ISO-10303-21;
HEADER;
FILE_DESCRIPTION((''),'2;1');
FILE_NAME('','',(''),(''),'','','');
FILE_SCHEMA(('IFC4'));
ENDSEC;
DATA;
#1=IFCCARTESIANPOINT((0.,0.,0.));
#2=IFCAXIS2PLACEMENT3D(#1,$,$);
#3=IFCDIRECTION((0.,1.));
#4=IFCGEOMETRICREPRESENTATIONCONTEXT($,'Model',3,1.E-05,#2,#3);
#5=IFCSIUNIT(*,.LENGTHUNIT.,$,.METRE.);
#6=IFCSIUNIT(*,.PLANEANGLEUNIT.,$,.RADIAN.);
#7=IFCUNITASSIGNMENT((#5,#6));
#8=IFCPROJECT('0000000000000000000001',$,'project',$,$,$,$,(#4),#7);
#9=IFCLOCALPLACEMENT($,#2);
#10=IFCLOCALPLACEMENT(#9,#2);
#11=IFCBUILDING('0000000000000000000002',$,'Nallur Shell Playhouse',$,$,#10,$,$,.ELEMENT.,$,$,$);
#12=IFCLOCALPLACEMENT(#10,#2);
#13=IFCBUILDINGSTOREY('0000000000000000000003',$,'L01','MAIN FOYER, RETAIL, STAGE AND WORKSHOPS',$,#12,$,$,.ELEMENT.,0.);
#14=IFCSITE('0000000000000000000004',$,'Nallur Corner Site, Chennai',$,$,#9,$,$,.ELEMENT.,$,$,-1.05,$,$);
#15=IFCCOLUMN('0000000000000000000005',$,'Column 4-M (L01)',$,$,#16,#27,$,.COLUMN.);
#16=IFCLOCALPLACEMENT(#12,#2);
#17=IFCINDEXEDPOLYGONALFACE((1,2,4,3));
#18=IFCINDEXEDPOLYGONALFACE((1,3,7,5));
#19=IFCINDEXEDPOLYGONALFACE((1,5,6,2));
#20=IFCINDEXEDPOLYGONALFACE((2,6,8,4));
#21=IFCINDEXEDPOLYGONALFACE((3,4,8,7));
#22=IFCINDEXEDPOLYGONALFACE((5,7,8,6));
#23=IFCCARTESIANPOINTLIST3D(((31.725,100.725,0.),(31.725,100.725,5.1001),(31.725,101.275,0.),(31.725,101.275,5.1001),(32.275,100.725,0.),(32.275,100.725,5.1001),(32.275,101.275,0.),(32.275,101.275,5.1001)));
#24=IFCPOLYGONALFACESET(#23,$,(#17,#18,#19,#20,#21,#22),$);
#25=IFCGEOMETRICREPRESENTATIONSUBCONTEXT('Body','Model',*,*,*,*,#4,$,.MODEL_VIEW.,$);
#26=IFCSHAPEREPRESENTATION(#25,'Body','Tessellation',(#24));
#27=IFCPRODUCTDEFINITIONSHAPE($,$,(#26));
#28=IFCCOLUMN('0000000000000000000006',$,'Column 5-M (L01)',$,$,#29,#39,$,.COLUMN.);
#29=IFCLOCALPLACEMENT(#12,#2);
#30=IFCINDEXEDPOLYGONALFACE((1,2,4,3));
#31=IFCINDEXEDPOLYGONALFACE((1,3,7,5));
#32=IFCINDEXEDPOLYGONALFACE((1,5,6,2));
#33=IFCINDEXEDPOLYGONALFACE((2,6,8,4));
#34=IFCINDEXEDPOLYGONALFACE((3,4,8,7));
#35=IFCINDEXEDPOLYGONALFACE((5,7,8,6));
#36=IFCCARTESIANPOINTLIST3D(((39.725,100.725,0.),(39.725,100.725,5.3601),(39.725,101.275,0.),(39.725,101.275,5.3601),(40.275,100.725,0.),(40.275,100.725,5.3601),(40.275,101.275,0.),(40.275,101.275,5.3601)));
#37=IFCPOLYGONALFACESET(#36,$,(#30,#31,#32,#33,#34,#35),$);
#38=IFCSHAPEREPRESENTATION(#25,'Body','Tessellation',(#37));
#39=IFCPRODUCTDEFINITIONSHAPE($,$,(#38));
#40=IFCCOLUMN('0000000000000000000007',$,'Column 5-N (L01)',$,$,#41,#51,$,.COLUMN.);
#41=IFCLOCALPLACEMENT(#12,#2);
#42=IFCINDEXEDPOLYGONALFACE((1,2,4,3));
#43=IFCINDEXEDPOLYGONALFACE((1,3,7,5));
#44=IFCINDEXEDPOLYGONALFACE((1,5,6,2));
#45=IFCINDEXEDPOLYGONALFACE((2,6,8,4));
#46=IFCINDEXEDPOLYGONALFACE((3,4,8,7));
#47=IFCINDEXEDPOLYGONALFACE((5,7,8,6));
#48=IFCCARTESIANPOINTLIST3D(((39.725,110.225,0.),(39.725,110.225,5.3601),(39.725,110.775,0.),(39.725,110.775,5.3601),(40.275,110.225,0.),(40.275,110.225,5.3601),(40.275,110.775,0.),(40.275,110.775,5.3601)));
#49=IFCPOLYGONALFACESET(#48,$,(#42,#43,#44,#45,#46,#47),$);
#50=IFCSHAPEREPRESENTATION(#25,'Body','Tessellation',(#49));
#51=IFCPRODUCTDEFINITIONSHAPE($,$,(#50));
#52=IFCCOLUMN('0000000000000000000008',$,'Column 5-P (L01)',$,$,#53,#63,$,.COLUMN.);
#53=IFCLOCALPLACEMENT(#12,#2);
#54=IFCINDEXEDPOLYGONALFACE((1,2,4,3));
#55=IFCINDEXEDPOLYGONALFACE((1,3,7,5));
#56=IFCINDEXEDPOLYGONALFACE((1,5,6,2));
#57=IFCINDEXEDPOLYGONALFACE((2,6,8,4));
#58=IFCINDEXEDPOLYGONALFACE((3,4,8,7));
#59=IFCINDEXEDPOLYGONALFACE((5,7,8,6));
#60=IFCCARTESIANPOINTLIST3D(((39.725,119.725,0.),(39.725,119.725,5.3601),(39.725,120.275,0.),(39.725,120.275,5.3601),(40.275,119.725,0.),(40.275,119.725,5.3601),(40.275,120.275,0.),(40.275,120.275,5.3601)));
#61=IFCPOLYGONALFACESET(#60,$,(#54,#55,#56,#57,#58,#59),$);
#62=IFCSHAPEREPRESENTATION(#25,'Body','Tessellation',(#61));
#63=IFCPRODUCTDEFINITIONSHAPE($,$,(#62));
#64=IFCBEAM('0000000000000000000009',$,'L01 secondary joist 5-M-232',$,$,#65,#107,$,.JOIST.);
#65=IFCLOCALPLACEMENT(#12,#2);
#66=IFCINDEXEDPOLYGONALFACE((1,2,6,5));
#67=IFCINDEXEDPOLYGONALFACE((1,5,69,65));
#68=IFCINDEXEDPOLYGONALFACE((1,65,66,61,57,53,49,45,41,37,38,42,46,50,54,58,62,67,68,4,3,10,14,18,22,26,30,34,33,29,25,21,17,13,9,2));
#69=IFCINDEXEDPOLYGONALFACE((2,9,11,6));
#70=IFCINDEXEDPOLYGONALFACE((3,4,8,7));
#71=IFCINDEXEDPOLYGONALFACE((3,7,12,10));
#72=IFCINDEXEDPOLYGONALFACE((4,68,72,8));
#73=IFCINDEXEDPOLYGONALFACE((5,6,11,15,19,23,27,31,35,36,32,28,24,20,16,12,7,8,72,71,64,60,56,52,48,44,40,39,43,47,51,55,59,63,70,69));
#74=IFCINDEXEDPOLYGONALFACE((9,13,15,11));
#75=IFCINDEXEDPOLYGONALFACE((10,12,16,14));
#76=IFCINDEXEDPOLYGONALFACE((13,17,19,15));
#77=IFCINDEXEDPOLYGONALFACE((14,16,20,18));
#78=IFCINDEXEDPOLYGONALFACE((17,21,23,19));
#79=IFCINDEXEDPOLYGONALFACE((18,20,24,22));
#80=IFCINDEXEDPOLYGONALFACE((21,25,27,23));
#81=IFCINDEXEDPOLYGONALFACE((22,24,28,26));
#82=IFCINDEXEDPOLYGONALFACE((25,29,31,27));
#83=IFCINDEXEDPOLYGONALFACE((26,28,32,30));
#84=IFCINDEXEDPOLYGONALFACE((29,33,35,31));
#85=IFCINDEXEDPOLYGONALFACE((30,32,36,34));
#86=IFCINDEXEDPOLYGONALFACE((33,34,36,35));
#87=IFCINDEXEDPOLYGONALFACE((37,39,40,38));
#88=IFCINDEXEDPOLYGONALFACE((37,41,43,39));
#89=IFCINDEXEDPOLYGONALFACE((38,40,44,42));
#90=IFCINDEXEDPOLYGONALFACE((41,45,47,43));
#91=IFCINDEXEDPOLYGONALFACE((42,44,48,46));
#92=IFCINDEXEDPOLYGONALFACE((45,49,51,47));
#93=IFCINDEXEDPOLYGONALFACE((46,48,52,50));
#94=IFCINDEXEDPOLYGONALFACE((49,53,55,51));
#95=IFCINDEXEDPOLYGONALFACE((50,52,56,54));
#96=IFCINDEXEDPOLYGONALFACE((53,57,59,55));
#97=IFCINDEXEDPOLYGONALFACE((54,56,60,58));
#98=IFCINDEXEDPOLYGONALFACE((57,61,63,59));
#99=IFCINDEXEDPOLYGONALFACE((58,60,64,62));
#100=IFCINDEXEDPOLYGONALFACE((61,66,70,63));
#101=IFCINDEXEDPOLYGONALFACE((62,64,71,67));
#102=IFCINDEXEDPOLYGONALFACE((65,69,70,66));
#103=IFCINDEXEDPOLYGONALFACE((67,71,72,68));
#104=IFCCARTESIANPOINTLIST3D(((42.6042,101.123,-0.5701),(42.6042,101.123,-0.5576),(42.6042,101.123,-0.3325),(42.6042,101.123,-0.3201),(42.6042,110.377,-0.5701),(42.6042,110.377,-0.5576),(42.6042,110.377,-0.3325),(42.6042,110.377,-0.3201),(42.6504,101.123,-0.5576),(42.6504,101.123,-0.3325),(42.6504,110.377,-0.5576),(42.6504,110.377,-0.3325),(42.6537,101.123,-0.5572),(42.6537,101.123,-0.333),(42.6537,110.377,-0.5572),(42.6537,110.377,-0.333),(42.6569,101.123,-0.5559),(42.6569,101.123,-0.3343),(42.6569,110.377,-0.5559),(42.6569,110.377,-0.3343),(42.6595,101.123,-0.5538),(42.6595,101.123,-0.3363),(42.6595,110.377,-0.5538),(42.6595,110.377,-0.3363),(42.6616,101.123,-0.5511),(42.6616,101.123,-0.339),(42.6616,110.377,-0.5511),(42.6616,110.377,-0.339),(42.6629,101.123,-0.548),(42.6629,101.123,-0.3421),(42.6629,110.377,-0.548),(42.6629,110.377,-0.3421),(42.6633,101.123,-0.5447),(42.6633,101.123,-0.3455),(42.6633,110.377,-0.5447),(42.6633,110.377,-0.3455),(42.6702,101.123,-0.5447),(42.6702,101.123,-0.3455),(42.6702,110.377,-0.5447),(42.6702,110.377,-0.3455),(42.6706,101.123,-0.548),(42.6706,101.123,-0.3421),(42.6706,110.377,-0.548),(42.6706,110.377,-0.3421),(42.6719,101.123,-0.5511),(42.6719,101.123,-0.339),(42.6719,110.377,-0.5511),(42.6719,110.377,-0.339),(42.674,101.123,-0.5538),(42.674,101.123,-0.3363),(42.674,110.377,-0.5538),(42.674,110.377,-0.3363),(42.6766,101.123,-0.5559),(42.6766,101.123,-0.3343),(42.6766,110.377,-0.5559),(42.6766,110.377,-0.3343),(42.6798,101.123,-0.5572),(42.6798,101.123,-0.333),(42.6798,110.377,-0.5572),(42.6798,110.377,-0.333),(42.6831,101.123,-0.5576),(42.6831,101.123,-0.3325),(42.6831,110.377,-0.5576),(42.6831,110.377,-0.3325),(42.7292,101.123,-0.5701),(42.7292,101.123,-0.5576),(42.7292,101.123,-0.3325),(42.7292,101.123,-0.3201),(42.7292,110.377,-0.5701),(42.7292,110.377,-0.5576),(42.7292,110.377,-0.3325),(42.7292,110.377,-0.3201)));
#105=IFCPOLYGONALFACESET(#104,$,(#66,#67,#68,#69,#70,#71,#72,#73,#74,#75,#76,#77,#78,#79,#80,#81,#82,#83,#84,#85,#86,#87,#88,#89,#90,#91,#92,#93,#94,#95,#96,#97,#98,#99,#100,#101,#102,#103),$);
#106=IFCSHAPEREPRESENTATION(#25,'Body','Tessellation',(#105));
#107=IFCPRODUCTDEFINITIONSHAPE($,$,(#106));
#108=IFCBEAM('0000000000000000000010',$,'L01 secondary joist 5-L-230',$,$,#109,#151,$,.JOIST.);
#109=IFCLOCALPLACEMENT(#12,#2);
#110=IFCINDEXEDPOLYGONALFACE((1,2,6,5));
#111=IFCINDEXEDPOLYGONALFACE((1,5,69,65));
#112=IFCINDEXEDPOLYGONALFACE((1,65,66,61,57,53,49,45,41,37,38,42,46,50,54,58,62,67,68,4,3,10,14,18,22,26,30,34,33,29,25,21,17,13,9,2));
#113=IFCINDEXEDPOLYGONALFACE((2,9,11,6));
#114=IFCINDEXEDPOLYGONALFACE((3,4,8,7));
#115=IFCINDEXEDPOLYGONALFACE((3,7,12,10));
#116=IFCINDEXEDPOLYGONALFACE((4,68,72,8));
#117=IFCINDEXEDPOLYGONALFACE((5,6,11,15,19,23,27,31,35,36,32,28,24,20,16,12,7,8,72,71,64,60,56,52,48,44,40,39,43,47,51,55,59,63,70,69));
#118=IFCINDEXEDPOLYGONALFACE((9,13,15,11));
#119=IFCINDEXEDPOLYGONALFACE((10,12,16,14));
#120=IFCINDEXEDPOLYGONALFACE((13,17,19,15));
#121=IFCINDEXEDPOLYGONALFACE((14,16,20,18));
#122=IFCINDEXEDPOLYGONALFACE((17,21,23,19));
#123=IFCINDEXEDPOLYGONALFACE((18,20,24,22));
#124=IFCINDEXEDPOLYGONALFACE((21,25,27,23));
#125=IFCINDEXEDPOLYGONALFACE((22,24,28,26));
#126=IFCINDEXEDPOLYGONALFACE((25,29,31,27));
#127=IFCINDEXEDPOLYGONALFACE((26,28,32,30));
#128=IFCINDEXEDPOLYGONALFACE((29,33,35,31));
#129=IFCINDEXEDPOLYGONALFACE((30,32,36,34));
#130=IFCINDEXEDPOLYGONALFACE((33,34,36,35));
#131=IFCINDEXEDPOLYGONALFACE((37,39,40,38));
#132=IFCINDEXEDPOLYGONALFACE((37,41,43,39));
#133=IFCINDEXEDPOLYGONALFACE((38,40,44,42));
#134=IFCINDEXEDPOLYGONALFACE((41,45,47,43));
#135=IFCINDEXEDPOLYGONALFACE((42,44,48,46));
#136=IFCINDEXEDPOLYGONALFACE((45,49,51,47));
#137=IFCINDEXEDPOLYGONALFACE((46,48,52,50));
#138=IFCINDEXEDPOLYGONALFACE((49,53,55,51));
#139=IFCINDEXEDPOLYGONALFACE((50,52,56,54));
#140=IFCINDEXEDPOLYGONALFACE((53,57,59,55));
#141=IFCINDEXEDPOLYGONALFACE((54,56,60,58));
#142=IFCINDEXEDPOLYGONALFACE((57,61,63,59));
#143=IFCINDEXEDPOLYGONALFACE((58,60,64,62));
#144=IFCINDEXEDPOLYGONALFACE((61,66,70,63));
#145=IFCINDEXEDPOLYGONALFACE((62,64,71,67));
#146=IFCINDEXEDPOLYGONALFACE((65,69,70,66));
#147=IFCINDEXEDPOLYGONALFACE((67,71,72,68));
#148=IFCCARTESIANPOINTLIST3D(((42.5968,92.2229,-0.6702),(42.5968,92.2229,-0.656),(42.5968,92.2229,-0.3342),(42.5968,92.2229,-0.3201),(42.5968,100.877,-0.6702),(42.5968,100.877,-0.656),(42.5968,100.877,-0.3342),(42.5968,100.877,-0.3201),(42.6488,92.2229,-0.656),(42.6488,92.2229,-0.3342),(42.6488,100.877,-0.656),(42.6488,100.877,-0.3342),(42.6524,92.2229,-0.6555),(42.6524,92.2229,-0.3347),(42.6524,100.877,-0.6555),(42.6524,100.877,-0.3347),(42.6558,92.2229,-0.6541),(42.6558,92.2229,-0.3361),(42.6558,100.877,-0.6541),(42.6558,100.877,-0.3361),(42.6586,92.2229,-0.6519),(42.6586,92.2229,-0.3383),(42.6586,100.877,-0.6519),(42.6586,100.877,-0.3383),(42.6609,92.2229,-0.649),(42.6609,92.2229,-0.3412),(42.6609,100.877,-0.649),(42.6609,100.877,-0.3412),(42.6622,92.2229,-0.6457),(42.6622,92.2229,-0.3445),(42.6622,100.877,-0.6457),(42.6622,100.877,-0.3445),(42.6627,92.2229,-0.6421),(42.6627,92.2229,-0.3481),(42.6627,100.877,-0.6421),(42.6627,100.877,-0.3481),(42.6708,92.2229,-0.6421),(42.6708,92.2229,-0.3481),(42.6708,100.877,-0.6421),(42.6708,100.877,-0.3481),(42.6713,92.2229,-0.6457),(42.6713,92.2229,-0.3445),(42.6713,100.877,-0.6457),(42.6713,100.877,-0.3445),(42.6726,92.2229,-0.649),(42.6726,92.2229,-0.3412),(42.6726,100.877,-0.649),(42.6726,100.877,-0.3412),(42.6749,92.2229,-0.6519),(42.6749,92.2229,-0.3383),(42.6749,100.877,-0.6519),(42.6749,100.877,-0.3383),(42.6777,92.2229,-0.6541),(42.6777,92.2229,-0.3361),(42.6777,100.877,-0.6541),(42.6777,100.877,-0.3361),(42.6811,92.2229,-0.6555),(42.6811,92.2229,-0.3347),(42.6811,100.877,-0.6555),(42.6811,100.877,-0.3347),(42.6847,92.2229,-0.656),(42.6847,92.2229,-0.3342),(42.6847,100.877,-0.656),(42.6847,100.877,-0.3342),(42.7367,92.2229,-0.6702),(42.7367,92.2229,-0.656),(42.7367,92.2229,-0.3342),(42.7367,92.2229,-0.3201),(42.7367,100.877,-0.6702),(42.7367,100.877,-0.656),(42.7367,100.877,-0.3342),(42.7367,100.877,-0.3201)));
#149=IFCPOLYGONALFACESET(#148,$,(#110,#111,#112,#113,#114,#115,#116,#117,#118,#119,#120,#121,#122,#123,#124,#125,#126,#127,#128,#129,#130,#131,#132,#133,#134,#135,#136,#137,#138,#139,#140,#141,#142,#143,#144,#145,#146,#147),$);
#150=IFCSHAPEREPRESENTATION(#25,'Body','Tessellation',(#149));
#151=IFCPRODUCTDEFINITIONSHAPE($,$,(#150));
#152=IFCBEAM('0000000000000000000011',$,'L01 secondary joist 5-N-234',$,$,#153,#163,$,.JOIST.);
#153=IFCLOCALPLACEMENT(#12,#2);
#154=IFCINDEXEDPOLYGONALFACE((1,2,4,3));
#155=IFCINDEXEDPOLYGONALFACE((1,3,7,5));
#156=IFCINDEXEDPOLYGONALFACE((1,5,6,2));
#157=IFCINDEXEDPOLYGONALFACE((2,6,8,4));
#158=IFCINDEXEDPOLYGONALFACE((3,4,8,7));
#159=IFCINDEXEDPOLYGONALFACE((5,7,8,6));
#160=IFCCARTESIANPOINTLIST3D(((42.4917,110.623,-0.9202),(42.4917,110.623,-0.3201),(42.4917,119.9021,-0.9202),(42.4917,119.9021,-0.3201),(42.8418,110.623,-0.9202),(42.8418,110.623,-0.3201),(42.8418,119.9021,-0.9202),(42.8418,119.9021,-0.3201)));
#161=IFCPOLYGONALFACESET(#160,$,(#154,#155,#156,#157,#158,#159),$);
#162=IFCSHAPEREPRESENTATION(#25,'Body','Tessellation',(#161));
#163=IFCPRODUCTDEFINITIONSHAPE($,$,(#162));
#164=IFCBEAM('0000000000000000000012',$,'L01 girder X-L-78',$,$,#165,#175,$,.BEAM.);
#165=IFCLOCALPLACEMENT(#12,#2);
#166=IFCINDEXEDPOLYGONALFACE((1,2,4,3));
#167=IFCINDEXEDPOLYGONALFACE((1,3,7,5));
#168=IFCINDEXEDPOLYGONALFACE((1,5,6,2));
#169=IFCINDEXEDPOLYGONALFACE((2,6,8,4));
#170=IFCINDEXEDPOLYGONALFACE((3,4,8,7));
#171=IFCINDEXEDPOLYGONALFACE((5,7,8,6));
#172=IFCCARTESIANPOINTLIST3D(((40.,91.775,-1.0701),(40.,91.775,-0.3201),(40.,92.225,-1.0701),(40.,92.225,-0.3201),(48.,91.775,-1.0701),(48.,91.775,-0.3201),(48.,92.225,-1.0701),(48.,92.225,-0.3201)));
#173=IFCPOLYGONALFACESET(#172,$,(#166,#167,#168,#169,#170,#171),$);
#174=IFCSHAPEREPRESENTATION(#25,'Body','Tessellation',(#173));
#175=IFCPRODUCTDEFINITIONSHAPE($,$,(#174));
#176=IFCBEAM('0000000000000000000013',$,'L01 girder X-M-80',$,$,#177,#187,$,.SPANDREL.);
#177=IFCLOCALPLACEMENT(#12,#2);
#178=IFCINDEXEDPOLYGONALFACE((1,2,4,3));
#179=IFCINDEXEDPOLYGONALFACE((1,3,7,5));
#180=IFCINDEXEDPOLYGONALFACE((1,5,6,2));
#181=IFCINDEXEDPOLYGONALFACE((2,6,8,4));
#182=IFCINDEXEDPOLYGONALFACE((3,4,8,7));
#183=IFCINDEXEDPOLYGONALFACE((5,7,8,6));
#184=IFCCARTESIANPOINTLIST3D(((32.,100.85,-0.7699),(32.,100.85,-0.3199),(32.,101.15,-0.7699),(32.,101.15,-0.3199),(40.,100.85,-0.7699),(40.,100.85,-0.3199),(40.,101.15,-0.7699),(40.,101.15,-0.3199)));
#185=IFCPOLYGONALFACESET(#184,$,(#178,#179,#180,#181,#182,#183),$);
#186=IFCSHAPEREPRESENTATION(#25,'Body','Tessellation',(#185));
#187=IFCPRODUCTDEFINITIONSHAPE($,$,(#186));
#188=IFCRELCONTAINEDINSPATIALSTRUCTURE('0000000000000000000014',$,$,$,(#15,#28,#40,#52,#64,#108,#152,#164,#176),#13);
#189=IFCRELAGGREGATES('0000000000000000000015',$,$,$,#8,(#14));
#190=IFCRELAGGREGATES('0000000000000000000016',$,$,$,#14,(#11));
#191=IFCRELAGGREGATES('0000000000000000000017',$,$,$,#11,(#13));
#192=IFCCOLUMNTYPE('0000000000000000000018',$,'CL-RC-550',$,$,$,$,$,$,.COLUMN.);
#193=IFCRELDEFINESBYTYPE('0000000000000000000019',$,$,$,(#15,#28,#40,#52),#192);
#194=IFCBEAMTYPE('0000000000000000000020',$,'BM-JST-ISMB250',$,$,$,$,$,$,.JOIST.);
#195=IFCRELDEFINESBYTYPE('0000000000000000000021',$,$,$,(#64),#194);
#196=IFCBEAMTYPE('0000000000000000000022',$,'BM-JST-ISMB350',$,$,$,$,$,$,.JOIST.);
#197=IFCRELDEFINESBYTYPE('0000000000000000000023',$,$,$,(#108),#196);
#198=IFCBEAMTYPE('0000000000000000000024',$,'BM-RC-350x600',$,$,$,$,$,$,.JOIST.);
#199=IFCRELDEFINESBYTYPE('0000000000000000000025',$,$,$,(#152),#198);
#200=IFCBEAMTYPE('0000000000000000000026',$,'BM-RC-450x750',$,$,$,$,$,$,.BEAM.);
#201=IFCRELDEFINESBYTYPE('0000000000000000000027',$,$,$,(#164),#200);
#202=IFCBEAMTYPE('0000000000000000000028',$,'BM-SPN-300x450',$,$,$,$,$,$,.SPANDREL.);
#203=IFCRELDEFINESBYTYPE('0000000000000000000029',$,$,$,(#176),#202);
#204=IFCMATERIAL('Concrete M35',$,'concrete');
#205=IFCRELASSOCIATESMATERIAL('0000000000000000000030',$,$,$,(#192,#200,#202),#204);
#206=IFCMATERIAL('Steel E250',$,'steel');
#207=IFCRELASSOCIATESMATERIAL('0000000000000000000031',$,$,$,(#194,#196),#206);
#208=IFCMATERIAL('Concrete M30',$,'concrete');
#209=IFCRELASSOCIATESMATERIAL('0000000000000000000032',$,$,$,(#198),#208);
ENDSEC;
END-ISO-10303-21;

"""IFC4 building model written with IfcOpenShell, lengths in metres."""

from ifc_helpers import new_model, si_unit, direction, frame, origin, origin_2d, place, context, subcontext, project, spatial, rectangle, i_section, extrude, material, material_profile, profile_set, type_object, element, save


model = new_model("IFC4")

# Units and contexts
model_context = context("Model", 3, precision=1e-05, world=origin(), true_north=direction((0.0, 1.0)))
body_context = subcontext(model_context, "Body", "Model", "MODEL_VIEW")
ifc_project = project(units=[si_unit("LENGTHUNIT", "METRE"), si_unit("PLANEANGLEUNIT", "RADIAN")], contexts=[model_context])

# Site, building, storey
site_placement = place(None, origin())
site = spatial("IfcSite", under=ifc_project, at=site_placement, Name="Nallur Corner Site, Chennai", CompositionType="ELEMENT", RefElevation=-1.05)
building_placement = place(site_placement, origin())
building = spatial("IfcBuilding", under=site, at=building_placement, Name="Nallur Shell Playhouse", CompositionType="ELEMENT")
storey_placement = place(building_placement, origin())
storey = spatial("IfcBuildingStorey", under=building, at=storey_placement, Name="L01", Description="MAIN FOYER, RETAIL, STAGE AND WORKSHOPS", CompositionType="ELEMENT", Elevation=0.0)

# Columns
ifc_material_1 = material(Name="Concrete M35", Category="concrete")
ifc_material_profile_1 = material_profile(ifc_material_1, rectangle(XDim=0.55, YDim=0.55, at=origin_2d()), Name="RC 550x550")
ifc_profile_set_1 = profile_set([ifc_material_profile_1], Name="Concrete M35")
column_type = type_object("IfcColumnType", Name="CL-RC-550", PredefinedType="COLUMN", material=ifc_profile_set_1)
column_placement = place(storey_placement, frame((32.0, 101.0, 0.0), z_axis=(0.0, 0.0, 1.0), x_axis=(1.0, 0.0, 0.0)))
element("IfcColumn", 1, at=column_placement, inside=storey, type_object=column_type, Name="Column 4-M (L01)", PredefinedType="COLUMN", context=body_context, shape_type="SweptSolid", body=[
    extrude(rectangle(XDim=0.55, YDim=0.55, at=origin_2d()), origin(), (0.0, 0.0, 1.0), 5.1001),
])
for number, where, z_axis, x_axis, name in (
    (2, (40.0, 101.0, 0.0), (0.0, 0.0, 1.0), (1.0, 0.0, 0.0), "Column 5-M (L01)"),
    (3, (40.0, 110.5, 0.0), (0.0, 0.0, 1.0), (1.0, 0.0, 0.0), "Column 5-N (L01)"),
    (4, (40.0, 120.0, 0.0), (0.0, 0.0, 1.0), (1.0, 0.0, 0.0), "Column 5-P (L01)"),
):
    element("IfcColumn", number, at=place(storey_placement, frame(where, z_axis=z_axis, x_axis=x_axis)), inside=storey, type_object=column_type, Name=name, PredefinedType="COLUMN", context=body_context, shape_type="SweptSolid", body=[
        extrude(rectangle(XDim=0.55, YDim=0.55, at=origin_2d()), origin(), (0.0, 0.0, 1.0), 5.3601),
    ])

# Beams
ifc_material_2 = material(Name="Steel E250", Category="steel")
ifc_material_profile_2 = material_profile(ifc_material_2, i_section(OverallWidth=0.125, OverallDepth=0.25, WebThickness=0.0068, FlangeThickness=0.0125, FilletRadius=0.0129, at=origin_2d()), Name="ISMB 250")
ifc_profile_set_2 = profile_set([ifc_material_profile_2], Name="Steel E250")
beam_type_1 = type_object("IfcBeamType", Name="BM-JST-ISMB250", PredefinedType="JOIST", material=ifc_profile_set_2)
beam_1_placement = place(storey_placement, frame((42.6667, 101.123, -0.4451), z_axis=(0.0, 1.0, 0.0), x_axis=(-1.0, 0.0, 0.0)))
element("IfcBeam", 5, at=beam_1_placement, inside=storey, type_object=beam_type_1, Name="L01 secondary joist 5-M-232", PredefinedType="JOIST", context=body_context, shape_type="SweptSolid", body=[
    extrude(i_section(OverallWidth=0.125, OverallDepth=0.25, WebThickness=0.0068, FlangeThickness=0.0125, FilletRadius=0.0129, at=origin_2d()), origin(), (0.0, 0.0, 1.0), 9.2539),
])
ifc_material_profile_3 = material_profile(ifc_material_2, i_section(OverallWidth=0.1399, OverallDepth=0.3501, WebThickness=0.0081, FlangeThickness=0.0142, FilletRadius=0.0139, at=origin_2d()), Name="ISMB 350")
ifc_profile_set_3 = profile_set([ifc_material_profile_3], Name="Steel E250")
beam_type_2 = type_object("IfcBeamType", Name="BM-JST-ISMB350", PredefinedType="JOIST", material=ifc_profile_set_3)
beam_2_placement = place(storey_placement, frame((42.6667, 92.2229, -0.4951), z_axis=(0.0, 1.0, 0.0), x_axis=(-1.0, 0.0, 0.0)))
element("IfcBeam", 6, at=beam_2_placement, inside=storey, type_object=beam_type_2, Name="L01 secondary joist 5-L-230", PredefinedType="JOIST", context=body_context, shape_type="SweptSolid", body=[
    extrude(i_section(OverallWidth=0.1399, OverallDepth=0.3501, WebThickness=0.0081, FlangeThickness=0.0142, FilletRadius=0.0139, at=origin_2d()), origin(), (0.0, 0.0, 1.0), 8.6541),
])
ifc_material_3 = material(Name="Concrete M30", Category="concrete")
ifc_material_profile_4 = material_profile(ifc_material_3, rectangle(XDim=0.3501, YDim=0.6001, at=origin_2d()), Name="RC 350x600")
ifc_profile_set_4 = profile_set([ifc_material_profile_4], Name="Concrete M30")
beam_type_3 = type_object("IfcBeamType", Name="BM-RC-350x600", PredefinedType="JOIST", material=ifc_profile_set_4)
beam_3_placement = place(storey_placement, frame((42.6667, 110.623, -0.6201), z_axis=(0.0, 1.0, 0.0), x_axis=(-1.0, 0.0, 0.0)))
element("IfcBeam", 7, at=beam_3_placement, inside=storey, type_object=beam_type_3, Name="L01 secondary joist 5-N-234", PredefinedType="JOIST", context=body_context, shape_type="SweptSolid", body=[
    extrude(rectangle(XDim=0.3501, YDim=0.6001, at=origin_2d()), origin(), (0.0, 0.0, 1.0), 9.2791),
])
ifc_material_profile_5 = material_profile(ifc_material_1, rectangle(XDim=0.45, YDim=0.75, at=origin_2d()), Name="RC 450x750")
ifc_profile_set_5 = profile_set([ifc_material_profile_5], Name="Concrete M35")
beam_type_4 = type_object("IfcBeamType", Name="BM-RC-450x750", PredefinedType="BEAM", material=ifc_profile_set_5)
beam_4_placement = place(storey_placement, frame((40.0, 92.0, -0.6951), z_axis=(1.0, 0.0, 0.0), x_axis=(0.0, 1.0, 0.0)))
element("IfcBeam", 8, at=beam_4_placement, inside=storey, type_object=beam_type_4, Name="L01 girder X-L-78", PredefinedType="BEAM", context=body_context, shape_type="SweptSolid", body=[
    extrude(rectangle(XDim=0.45, YDim=0.75, at=origin_2d()), origin(), (0.0, 0.0, 1.0), 8.0),
])
ifc_material_profile_6 = material_profile(ifc_material_1, rectangle(XDim=0.3, YDim=0.45, at=origin_2d()), Name="RC 300x450")
ifc_profile_set_6 = profile_set([ifc_material_profile_6], Name="Concrete M35")
beam_type_5 = type_object("IfcBeamType", Name="BM-SPN-300x450", PredefinedType="SPANDREL", material=ifc_profile_set_6)
beam_5_placement = place(storey_placement, frame((32.0, 101.0, -0.5449), z_axis=(1.0, 0.0, 0.0), x_axis=(0.0, 1.0, 0.0)))
element("IfcBeam", 9, at=beam_5_placement, inside=storey, type_object=beam_type_5, Name="L01 girder X-M-80", PredefinedType="SPANDREL", context=body_context, shape_type="SweptSolid", body=[
    extrude(rectangle(XDim=0.3, YDim=0.45, at=origin_2d()), origin(), (0.0, 0.0, 1.0), 8.0),
])

save(model, "model.ifc")
